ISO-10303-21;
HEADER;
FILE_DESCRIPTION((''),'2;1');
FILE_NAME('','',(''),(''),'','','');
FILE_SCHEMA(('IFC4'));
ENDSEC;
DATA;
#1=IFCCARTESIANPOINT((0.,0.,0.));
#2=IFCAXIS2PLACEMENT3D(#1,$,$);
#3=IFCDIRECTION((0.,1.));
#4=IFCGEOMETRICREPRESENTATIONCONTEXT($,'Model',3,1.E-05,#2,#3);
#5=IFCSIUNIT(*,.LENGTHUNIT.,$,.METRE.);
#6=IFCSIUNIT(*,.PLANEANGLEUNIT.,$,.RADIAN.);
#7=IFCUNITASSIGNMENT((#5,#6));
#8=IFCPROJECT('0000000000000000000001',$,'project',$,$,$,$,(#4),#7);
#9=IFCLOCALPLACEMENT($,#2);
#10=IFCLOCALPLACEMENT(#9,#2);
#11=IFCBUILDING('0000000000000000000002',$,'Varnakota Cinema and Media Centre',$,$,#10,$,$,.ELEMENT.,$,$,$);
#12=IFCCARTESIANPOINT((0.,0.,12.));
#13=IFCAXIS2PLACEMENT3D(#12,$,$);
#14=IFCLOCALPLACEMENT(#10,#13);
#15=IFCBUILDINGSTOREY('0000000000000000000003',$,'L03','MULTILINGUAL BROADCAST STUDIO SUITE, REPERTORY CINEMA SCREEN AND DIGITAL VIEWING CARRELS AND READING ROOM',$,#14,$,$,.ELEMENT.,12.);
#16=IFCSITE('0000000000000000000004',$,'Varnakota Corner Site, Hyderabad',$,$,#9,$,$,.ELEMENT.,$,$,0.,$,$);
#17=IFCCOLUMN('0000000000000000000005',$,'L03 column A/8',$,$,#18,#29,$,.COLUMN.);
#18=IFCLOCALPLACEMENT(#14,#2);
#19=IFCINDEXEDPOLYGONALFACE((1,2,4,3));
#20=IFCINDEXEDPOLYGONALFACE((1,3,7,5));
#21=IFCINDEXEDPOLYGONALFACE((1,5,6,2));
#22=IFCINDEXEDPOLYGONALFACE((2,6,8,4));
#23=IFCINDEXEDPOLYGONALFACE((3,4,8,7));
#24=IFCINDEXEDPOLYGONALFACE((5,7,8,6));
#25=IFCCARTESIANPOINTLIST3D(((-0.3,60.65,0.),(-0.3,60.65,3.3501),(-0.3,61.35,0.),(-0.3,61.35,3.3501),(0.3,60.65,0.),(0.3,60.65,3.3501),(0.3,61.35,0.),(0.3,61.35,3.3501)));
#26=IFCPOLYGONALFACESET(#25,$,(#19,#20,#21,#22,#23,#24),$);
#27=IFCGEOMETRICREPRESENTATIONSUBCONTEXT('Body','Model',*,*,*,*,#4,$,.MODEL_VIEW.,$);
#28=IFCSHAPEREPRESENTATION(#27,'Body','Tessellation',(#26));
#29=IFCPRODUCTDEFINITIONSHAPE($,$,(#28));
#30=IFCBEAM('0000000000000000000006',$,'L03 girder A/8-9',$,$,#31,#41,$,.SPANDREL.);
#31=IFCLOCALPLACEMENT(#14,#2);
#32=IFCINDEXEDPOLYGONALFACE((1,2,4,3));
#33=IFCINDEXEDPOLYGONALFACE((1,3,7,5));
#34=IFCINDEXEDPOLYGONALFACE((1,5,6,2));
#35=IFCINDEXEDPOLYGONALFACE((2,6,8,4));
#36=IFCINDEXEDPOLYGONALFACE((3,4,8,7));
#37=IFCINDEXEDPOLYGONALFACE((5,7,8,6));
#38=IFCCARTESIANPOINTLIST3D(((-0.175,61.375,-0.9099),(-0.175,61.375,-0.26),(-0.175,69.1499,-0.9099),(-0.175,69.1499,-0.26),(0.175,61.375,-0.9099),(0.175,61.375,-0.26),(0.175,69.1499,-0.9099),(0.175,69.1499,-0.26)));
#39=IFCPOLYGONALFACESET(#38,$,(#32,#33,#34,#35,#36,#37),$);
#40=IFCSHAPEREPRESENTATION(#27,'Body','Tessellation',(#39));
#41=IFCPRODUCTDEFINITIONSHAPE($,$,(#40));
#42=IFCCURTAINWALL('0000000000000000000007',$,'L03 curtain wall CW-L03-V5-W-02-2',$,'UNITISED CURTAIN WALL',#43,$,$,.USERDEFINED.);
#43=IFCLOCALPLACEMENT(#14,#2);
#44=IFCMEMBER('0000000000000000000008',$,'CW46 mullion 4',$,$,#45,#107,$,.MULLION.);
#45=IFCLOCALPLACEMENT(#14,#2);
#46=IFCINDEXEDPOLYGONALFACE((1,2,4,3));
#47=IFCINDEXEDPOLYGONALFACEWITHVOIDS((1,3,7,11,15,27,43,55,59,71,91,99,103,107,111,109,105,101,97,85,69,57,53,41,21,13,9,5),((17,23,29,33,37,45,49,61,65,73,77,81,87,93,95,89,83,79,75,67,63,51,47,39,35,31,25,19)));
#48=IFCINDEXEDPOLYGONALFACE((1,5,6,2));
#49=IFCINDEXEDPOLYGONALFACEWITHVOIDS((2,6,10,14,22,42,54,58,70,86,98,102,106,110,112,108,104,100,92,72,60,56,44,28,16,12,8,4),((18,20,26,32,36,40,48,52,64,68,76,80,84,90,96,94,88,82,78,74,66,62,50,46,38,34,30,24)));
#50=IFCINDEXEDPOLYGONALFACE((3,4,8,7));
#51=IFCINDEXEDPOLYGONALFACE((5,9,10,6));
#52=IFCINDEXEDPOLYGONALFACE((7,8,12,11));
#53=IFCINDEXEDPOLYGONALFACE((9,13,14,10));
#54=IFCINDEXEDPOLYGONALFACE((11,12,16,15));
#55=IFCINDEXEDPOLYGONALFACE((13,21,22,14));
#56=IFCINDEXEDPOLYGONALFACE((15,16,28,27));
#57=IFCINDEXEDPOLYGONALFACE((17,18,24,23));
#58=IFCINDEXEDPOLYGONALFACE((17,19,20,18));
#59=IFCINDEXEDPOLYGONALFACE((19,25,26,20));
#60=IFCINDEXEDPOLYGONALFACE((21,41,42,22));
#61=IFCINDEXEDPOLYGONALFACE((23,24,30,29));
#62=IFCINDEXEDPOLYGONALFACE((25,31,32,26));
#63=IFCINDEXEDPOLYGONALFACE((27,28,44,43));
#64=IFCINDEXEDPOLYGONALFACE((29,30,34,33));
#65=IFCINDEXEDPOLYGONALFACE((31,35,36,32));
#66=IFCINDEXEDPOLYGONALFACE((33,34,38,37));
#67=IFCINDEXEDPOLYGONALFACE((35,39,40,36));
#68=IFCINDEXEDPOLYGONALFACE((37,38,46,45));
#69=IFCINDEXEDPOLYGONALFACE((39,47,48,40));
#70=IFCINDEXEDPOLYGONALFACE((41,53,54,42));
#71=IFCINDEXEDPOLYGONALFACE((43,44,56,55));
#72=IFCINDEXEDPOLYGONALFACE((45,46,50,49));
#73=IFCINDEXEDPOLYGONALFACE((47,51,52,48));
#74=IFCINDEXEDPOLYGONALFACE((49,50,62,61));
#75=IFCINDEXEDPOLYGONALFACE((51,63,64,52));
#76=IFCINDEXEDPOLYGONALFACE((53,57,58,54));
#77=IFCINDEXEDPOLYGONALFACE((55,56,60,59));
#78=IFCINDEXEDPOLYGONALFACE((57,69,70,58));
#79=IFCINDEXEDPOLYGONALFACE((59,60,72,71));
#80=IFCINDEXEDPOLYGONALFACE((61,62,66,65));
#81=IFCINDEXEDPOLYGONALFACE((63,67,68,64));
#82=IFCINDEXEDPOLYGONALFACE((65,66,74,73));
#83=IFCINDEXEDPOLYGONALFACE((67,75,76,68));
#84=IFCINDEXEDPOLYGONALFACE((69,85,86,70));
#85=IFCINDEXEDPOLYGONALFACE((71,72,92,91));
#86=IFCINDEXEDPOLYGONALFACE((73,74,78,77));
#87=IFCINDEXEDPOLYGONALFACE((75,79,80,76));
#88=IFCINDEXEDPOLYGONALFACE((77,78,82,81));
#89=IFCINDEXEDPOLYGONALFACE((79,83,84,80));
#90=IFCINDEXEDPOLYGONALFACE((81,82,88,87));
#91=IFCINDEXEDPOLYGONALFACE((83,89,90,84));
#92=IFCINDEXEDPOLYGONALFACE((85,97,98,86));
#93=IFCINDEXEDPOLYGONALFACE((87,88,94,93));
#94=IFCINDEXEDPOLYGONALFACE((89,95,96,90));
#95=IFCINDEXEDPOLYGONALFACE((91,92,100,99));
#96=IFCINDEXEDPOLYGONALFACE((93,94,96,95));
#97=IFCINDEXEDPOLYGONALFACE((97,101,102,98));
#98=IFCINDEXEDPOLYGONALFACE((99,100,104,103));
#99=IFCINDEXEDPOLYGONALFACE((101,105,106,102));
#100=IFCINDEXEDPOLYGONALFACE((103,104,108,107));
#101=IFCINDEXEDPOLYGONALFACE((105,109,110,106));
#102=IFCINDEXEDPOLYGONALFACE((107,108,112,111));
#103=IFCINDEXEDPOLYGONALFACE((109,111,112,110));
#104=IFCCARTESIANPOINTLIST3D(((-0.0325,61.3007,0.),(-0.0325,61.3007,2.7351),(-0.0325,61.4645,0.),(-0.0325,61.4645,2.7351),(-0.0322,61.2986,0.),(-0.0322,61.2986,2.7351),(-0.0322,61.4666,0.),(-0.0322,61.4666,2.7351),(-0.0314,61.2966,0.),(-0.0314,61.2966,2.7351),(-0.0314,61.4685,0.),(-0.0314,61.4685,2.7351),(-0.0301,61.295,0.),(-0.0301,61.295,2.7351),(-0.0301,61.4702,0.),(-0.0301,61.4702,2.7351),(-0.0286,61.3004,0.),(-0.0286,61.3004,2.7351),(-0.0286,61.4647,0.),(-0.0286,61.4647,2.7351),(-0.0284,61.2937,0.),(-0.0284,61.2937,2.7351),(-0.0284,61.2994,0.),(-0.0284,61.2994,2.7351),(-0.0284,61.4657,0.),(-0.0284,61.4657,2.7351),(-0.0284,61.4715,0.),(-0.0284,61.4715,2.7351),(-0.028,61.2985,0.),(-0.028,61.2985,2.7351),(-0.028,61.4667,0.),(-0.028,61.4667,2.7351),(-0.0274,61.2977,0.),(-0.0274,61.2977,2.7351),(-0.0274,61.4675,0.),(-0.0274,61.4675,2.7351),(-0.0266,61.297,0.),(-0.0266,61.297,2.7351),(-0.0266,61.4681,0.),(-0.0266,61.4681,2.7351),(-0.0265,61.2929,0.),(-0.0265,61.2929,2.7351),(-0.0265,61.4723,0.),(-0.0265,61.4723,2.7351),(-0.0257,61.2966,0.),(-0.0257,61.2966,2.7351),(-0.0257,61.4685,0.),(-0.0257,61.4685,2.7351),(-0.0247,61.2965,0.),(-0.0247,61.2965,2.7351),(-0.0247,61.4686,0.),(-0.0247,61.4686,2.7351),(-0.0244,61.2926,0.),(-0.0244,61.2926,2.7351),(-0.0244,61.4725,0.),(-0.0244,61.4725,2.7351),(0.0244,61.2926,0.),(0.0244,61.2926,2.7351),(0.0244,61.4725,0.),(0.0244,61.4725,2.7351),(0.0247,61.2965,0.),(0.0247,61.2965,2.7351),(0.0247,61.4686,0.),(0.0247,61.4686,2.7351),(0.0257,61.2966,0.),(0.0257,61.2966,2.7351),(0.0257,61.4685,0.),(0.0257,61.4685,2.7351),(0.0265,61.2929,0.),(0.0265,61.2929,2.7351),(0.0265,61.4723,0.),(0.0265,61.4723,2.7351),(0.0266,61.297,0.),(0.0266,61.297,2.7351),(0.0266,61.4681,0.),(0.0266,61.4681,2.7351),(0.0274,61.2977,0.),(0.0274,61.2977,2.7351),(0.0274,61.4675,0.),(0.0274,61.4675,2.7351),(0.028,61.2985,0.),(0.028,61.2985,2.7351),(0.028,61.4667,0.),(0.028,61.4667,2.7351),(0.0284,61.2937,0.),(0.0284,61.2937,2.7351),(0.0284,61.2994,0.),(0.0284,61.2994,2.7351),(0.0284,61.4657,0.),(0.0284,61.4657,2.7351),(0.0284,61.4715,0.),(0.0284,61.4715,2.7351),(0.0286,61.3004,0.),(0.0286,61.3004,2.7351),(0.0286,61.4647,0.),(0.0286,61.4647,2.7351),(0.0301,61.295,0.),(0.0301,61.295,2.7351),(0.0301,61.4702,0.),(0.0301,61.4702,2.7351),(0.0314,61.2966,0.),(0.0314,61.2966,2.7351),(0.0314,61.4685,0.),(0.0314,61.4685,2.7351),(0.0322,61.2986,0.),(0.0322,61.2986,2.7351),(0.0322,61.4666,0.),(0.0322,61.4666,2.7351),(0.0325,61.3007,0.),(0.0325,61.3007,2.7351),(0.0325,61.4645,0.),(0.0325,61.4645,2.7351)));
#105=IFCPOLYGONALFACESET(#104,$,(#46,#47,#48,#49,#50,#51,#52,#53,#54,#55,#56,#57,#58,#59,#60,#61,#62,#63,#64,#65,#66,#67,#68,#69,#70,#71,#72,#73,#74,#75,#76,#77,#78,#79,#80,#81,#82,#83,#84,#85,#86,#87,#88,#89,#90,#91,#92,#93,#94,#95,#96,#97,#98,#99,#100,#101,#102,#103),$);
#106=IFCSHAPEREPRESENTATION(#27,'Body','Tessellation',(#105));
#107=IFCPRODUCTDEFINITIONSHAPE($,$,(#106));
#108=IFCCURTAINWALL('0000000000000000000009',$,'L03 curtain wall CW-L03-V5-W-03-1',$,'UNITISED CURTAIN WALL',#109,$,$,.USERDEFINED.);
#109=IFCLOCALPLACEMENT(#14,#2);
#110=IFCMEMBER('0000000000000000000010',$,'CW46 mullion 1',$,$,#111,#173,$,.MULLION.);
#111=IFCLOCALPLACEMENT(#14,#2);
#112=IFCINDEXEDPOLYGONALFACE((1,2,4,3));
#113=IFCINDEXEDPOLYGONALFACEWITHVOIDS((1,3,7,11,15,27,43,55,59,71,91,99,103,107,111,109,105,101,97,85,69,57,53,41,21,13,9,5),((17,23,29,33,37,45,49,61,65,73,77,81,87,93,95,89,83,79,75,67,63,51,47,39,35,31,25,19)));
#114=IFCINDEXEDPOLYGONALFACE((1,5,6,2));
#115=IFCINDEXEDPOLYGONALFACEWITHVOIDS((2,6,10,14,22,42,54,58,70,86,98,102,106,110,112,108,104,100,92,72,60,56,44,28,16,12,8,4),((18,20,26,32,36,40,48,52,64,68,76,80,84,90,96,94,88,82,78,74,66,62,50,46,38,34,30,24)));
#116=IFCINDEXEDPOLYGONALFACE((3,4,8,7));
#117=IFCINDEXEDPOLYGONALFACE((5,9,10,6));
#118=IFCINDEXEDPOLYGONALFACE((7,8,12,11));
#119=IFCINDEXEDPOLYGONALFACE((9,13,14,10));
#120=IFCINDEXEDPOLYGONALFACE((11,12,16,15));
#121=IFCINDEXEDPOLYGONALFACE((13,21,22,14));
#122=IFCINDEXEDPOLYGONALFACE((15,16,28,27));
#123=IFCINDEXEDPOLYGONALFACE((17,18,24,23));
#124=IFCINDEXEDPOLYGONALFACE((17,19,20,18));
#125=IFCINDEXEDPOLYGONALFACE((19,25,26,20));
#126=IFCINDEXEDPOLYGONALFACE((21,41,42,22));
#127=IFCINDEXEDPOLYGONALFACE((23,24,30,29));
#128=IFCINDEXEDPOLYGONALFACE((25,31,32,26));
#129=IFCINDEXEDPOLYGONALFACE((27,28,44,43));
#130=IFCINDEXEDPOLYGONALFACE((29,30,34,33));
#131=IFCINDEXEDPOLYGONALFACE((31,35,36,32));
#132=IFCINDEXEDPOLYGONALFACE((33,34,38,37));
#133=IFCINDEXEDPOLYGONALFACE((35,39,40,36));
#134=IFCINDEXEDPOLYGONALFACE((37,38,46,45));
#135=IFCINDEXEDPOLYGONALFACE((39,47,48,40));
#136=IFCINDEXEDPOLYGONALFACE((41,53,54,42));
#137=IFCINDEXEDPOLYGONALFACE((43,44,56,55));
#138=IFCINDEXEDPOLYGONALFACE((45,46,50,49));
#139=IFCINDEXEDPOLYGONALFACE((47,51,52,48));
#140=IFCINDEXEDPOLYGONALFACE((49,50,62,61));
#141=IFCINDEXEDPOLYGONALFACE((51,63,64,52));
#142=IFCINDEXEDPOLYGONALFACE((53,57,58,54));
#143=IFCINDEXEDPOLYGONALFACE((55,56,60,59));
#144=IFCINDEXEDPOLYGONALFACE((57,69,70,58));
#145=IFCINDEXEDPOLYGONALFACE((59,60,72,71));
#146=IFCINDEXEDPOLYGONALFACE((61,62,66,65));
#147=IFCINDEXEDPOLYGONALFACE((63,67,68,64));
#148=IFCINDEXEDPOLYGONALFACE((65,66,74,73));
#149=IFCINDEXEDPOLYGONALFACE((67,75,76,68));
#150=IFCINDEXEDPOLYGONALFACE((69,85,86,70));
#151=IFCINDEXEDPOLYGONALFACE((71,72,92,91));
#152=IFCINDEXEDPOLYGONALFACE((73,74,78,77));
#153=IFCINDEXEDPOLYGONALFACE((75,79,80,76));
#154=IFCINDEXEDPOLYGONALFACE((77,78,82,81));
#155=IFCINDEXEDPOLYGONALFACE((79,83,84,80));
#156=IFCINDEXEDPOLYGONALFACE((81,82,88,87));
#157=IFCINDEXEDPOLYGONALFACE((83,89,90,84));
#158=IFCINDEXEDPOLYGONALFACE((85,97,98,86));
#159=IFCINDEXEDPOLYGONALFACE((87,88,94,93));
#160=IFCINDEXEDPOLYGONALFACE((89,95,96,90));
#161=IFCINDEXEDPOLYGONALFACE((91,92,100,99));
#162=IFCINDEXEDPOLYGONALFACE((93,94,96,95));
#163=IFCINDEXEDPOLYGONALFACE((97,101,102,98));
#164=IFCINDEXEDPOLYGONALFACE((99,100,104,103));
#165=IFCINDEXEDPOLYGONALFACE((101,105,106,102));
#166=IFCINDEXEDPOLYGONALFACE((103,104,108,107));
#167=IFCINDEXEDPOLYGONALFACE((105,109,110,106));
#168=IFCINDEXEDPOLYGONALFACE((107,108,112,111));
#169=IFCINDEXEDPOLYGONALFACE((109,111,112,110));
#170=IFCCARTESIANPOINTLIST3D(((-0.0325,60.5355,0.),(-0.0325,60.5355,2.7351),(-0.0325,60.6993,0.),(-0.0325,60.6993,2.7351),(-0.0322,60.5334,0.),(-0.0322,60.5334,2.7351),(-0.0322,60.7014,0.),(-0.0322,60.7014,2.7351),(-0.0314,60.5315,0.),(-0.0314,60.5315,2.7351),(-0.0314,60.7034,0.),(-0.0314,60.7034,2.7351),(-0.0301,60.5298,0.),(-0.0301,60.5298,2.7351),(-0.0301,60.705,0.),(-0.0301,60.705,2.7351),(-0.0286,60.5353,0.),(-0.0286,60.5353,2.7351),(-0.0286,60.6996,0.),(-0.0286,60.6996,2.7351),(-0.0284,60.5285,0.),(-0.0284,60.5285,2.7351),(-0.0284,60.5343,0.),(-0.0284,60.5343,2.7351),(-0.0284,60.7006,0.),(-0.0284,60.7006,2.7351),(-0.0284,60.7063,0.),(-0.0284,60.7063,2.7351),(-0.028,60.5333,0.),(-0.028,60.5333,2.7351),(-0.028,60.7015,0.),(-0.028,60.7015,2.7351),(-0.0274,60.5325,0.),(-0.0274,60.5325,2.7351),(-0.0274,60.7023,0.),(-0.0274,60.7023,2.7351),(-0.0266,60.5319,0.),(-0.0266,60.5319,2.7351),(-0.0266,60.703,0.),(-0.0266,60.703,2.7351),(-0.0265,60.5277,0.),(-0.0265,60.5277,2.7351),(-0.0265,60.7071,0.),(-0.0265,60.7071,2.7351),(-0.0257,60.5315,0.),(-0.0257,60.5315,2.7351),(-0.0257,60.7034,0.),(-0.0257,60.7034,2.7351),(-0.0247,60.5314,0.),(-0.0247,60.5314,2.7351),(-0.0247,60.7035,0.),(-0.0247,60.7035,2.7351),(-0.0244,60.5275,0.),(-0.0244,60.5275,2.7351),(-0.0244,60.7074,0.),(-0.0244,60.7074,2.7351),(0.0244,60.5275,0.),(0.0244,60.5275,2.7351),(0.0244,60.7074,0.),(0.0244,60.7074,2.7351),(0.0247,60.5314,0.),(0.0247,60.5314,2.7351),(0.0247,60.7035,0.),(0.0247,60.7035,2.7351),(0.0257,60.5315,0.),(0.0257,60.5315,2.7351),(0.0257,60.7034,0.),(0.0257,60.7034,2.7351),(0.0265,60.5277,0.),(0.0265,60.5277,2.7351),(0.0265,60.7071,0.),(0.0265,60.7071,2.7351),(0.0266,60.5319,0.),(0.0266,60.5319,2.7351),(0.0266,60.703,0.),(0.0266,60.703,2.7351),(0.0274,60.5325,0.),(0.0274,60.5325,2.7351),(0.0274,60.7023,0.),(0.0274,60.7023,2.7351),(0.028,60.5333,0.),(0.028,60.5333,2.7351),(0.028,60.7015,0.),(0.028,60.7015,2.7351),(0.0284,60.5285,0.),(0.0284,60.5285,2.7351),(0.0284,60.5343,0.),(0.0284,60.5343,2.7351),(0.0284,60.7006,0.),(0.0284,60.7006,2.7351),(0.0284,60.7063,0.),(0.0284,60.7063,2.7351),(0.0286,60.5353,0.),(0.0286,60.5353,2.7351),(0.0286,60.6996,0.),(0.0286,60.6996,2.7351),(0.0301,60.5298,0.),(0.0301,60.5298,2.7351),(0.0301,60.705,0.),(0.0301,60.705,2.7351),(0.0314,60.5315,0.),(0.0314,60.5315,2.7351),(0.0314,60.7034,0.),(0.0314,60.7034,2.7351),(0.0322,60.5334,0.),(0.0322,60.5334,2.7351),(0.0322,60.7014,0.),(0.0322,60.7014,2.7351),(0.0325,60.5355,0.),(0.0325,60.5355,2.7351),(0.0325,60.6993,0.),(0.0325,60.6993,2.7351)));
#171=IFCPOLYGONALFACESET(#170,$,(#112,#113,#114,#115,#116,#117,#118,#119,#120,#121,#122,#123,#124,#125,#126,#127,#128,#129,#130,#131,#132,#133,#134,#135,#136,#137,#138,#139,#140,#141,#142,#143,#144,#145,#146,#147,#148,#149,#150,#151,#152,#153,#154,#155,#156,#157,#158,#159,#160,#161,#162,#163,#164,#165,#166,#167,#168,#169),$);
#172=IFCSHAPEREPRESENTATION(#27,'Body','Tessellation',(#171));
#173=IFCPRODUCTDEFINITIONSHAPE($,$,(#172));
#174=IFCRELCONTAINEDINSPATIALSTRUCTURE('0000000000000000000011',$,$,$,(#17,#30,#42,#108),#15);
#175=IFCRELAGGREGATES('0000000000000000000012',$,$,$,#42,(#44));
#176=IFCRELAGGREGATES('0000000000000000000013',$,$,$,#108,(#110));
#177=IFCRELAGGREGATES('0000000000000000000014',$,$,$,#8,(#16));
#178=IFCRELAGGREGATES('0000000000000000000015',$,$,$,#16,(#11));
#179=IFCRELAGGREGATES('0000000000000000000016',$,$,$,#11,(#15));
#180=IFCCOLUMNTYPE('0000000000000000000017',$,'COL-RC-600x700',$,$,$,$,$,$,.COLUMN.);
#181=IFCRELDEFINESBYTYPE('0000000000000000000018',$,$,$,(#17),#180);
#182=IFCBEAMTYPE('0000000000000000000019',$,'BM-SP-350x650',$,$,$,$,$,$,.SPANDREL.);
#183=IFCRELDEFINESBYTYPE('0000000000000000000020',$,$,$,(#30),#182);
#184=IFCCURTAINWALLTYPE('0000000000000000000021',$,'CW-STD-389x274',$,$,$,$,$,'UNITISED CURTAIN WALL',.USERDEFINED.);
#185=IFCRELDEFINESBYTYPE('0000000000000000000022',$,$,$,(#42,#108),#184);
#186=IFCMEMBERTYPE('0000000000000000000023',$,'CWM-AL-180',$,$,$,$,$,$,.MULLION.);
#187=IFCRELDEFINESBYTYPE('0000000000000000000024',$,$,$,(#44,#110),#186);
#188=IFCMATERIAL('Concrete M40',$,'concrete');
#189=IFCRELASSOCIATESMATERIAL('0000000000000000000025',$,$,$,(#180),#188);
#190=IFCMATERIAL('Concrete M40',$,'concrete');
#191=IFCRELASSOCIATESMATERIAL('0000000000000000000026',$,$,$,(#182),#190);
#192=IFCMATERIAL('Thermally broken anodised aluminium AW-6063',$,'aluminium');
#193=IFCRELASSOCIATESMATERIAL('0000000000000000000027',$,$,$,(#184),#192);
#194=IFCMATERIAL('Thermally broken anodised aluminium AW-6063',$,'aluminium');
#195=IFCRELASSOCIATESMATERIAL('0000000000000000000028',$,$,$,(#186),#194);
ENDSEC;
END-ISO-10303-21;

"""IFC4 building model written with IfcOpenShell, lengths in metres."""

from ifc_helpers import new_model, si_unit, direction, frame, origin, origin_2d, place, context, subcontext, project, spatial, rectangle, hollow_rectangle, extrude, material, material_profile, profile_set, type_object, element, aggregate, save


model = new_model("IFC4")

# Units and contexts
model_context = context("Model", 3, precision=1e-05, world=origin(), true_north=direction((0.0, 1.0)))
body_context = subcontext(model_context, "Body", "Model", "MODEL_VIEW")
ifc_project = project(units=[si_unit("LENGTHUNIT", "METRE"), si_unit("PLANEANGLEUNIT", "RADIAN")], contexts=[model_context])

# Site, building, storey
site_placement = place(None, origin())
site = spatial("IfcSite", under=ifc_project, at=site_placement, Name="Varnakota Corner Site, Hyderabad", CompositionType="ELEMENT", RefElevation=0.0)
building_placement = place(site_placement, origin())
building = spatial("IfcBuilding", under=site, at=building_placement, Name="Varnakota Cinema and Media Centre", CompositionType="ELEMENT")
storey_placement = place(building_placement, frame((0.0, 0.0, 12.0)))
storey = spatial("IfcBuildingStorey", under=building, at=storey_placement, Name="L03", Description="MULTILINGUAL BROADCAST STUDIO SUITE, REPERTORY CINEMA SCREEN AND DIGITAL VIEWING CARRELS AND READING ROOM", CompositionType="ELEMENT", Elevation=12.0)

# Column
ifc_material_1 = material(Name="Concrete M40", Category="concrete")
ifc_material_profile_1 = material_profile(ifc_material_1, rectangle(XDim=0.6001, YDim=0.7, at=origin_2d()), Name="RC 600x700")
ifc_profile_set_1 = profile_set([ifc_material_profile_1], Name="Concrete M40")
column_type = type_object("IfcColumnType", Name="COL-RC-600x700", PredefinedType="COLUMN", material=ifc_profile_set_1)
column_placement = place(storey_placement, frame((0.0, 61.0, 0.0), z_axis=(0.0, 0.0, 1.0), x_axis=(1.0, 0.0, 0.0)))
element("IfcColumn", 1, at=column_placement, inside=storey, type_object=column_type, Name="L03 column A/8", PredefinedType="COLUMN", context=body_context, shape_type="SweptSolid", body=[
    extrude(rectangle(XDim=0.6001, YDim=0.7, at=origin_2d()), origin(), (0.0, 0.0, 1.0), 3.3501),
])

# Beam
ifc_material_2 = material(Name="Concrete M40", Category="concrete")
ifc_material_profile_2 = material_profile(ifc_material_2, rectangle(XDim=0.3501, YDim=0.6499, at=origin_2d()), Name="RCB 350x650")
ifc_profile_set_2 = profile_set([ifc_material_profile_2], Name="Concrete M40")
beam_type = type_object("IfcBeamType", Name="BM-SP-350x650", PredefinedType="SPANDREL", material=ifc_profile_set_2)
beam_placement = place(storey_placement, frame((0.0, 61.375, -0.585), z_axis=(0.0, 1.0, 0.0), x_axis=(-1.0, 0.0, 0.0)))
element("IfcBeam", 2, at=beam_placement, inside=storey, type_object=beam_type, Name="L03 girder A/8-9", PredefinedType="SPANDREL", context=body_context, shape_type="SweptSolid", body=[
    extrude(rectangle(XDim=0.3501, YDim=0.6499, at=origin_2d()), origin(), (0.0, 0.0, 1.0), 7.7749),
])

# Curtain wall, member
ifc_material_3 = material(Name="Thermally broken anodised aluminium AW-6063", Category="aluminium")
curtain_wall_type = type_object("IfcCurtainWallType", Name="CW-STD-389x274", ElementType="UNITISED CURTAIN WALL", PredefinedType="USERDEFINED", material=ifc_material_3)
curtain_wall_1_placement = place(storey_placement, origin())
curtain_wall_1 = element("IfcCurtainWall", 3, at=curtain_wall_1_placement, inside=storey, type_object=curtain_wall_type, Name="L03 curtain wall CW-L03-V5-W-02-2", ObjectType="UNITISED CURTAIN WALL", PredefinedType="USERDEFINED")
ifc_material_4 = material(Name="Thermally broken anodised aluminium AW-6063", Category="aluminium")
ifc_material_profile_3 = material_profile(ifc_material_4, hollow_rectangle(XDim=0.0649, YDim=0.1799, WallThickness=0.0039, InnerFilletRadius=0.0039, OuterFilletRadius=0.0081, at=origin_2d()), Name="AL-MULLION 180x65x4")
ifc_profile_set_3 = profile_set([ifc_material_profile_3], Name="Thermally broken anodised aluminium AW-6063")
member_type_1 = type_object("IfcMemberType", Name="CWM-AL-180", PredefinedType="MULLION", material=ifc_profile_set_3)
member_1_placement = place(storey_placement, frame((0.0, 61.3826, 0.0), z_axis=(0.0, 0.0, 1.0), x_axis=(1.0, 0.0, 0.0)))
member_1 = element("IfcMember", 4, at=member_1_placement, type_object=member_type_1, Name="CW46 mullion 4", PredefinedType="MULLION", context=body_context, shape_type="SweptSolid", body=[
    extrude(hollow_rectangle(XDim=0.0649, YDim=0.1799, WallThickness=0.0039, InnerFilletRadius=0.0039, OuterFilletRadius=0.0081, at=origin_2d()), origin(), (0.0, 0.0, 1.0), 2.7351),
])

# Curtain wall, member
curtain_wall_2_placement = place(storey_placement, origin())
curtain_wall_2 = element("IfcCurtainWall", 5, at=curtain_wall_2_placement, inside=storey, type_object=curtain_wall_type, Name="L03 curtain wall CW-L03-V5-W-03-1", ObjectType="UNITISED CURTAIN WALL", PredefinedType="USERDEFINED")
member_2_placement = place(storey_placement, frame((0.0, 60.6174, 0.0), z_axis=(0.0, 0.0, 1.0), x_axis=(1.0, 0.0, 0.0)))
member_2 = element("IfcMember", 6, at=member_2_placement, type_object=member_type_1, Name="CW46 mullion 1", PredefinedType="MULLION", context=body_context, shape_type="SweptSolid", body=[
    extrude(hollow_rectangle(XDim=0.0649, YDim=0.1799, WallThickness=0.0039, InnerFilletRadius=0.0039, OuterFilletRadius=0.0081, at=origin_2d()), origin(), (0.0, 0.0, 1.0), 2.7351),
])

aggregate(curtain_wall_1, [member_1])
aggregate(curtain_wall_2, [member_2])

save(model, "model.ifc")
